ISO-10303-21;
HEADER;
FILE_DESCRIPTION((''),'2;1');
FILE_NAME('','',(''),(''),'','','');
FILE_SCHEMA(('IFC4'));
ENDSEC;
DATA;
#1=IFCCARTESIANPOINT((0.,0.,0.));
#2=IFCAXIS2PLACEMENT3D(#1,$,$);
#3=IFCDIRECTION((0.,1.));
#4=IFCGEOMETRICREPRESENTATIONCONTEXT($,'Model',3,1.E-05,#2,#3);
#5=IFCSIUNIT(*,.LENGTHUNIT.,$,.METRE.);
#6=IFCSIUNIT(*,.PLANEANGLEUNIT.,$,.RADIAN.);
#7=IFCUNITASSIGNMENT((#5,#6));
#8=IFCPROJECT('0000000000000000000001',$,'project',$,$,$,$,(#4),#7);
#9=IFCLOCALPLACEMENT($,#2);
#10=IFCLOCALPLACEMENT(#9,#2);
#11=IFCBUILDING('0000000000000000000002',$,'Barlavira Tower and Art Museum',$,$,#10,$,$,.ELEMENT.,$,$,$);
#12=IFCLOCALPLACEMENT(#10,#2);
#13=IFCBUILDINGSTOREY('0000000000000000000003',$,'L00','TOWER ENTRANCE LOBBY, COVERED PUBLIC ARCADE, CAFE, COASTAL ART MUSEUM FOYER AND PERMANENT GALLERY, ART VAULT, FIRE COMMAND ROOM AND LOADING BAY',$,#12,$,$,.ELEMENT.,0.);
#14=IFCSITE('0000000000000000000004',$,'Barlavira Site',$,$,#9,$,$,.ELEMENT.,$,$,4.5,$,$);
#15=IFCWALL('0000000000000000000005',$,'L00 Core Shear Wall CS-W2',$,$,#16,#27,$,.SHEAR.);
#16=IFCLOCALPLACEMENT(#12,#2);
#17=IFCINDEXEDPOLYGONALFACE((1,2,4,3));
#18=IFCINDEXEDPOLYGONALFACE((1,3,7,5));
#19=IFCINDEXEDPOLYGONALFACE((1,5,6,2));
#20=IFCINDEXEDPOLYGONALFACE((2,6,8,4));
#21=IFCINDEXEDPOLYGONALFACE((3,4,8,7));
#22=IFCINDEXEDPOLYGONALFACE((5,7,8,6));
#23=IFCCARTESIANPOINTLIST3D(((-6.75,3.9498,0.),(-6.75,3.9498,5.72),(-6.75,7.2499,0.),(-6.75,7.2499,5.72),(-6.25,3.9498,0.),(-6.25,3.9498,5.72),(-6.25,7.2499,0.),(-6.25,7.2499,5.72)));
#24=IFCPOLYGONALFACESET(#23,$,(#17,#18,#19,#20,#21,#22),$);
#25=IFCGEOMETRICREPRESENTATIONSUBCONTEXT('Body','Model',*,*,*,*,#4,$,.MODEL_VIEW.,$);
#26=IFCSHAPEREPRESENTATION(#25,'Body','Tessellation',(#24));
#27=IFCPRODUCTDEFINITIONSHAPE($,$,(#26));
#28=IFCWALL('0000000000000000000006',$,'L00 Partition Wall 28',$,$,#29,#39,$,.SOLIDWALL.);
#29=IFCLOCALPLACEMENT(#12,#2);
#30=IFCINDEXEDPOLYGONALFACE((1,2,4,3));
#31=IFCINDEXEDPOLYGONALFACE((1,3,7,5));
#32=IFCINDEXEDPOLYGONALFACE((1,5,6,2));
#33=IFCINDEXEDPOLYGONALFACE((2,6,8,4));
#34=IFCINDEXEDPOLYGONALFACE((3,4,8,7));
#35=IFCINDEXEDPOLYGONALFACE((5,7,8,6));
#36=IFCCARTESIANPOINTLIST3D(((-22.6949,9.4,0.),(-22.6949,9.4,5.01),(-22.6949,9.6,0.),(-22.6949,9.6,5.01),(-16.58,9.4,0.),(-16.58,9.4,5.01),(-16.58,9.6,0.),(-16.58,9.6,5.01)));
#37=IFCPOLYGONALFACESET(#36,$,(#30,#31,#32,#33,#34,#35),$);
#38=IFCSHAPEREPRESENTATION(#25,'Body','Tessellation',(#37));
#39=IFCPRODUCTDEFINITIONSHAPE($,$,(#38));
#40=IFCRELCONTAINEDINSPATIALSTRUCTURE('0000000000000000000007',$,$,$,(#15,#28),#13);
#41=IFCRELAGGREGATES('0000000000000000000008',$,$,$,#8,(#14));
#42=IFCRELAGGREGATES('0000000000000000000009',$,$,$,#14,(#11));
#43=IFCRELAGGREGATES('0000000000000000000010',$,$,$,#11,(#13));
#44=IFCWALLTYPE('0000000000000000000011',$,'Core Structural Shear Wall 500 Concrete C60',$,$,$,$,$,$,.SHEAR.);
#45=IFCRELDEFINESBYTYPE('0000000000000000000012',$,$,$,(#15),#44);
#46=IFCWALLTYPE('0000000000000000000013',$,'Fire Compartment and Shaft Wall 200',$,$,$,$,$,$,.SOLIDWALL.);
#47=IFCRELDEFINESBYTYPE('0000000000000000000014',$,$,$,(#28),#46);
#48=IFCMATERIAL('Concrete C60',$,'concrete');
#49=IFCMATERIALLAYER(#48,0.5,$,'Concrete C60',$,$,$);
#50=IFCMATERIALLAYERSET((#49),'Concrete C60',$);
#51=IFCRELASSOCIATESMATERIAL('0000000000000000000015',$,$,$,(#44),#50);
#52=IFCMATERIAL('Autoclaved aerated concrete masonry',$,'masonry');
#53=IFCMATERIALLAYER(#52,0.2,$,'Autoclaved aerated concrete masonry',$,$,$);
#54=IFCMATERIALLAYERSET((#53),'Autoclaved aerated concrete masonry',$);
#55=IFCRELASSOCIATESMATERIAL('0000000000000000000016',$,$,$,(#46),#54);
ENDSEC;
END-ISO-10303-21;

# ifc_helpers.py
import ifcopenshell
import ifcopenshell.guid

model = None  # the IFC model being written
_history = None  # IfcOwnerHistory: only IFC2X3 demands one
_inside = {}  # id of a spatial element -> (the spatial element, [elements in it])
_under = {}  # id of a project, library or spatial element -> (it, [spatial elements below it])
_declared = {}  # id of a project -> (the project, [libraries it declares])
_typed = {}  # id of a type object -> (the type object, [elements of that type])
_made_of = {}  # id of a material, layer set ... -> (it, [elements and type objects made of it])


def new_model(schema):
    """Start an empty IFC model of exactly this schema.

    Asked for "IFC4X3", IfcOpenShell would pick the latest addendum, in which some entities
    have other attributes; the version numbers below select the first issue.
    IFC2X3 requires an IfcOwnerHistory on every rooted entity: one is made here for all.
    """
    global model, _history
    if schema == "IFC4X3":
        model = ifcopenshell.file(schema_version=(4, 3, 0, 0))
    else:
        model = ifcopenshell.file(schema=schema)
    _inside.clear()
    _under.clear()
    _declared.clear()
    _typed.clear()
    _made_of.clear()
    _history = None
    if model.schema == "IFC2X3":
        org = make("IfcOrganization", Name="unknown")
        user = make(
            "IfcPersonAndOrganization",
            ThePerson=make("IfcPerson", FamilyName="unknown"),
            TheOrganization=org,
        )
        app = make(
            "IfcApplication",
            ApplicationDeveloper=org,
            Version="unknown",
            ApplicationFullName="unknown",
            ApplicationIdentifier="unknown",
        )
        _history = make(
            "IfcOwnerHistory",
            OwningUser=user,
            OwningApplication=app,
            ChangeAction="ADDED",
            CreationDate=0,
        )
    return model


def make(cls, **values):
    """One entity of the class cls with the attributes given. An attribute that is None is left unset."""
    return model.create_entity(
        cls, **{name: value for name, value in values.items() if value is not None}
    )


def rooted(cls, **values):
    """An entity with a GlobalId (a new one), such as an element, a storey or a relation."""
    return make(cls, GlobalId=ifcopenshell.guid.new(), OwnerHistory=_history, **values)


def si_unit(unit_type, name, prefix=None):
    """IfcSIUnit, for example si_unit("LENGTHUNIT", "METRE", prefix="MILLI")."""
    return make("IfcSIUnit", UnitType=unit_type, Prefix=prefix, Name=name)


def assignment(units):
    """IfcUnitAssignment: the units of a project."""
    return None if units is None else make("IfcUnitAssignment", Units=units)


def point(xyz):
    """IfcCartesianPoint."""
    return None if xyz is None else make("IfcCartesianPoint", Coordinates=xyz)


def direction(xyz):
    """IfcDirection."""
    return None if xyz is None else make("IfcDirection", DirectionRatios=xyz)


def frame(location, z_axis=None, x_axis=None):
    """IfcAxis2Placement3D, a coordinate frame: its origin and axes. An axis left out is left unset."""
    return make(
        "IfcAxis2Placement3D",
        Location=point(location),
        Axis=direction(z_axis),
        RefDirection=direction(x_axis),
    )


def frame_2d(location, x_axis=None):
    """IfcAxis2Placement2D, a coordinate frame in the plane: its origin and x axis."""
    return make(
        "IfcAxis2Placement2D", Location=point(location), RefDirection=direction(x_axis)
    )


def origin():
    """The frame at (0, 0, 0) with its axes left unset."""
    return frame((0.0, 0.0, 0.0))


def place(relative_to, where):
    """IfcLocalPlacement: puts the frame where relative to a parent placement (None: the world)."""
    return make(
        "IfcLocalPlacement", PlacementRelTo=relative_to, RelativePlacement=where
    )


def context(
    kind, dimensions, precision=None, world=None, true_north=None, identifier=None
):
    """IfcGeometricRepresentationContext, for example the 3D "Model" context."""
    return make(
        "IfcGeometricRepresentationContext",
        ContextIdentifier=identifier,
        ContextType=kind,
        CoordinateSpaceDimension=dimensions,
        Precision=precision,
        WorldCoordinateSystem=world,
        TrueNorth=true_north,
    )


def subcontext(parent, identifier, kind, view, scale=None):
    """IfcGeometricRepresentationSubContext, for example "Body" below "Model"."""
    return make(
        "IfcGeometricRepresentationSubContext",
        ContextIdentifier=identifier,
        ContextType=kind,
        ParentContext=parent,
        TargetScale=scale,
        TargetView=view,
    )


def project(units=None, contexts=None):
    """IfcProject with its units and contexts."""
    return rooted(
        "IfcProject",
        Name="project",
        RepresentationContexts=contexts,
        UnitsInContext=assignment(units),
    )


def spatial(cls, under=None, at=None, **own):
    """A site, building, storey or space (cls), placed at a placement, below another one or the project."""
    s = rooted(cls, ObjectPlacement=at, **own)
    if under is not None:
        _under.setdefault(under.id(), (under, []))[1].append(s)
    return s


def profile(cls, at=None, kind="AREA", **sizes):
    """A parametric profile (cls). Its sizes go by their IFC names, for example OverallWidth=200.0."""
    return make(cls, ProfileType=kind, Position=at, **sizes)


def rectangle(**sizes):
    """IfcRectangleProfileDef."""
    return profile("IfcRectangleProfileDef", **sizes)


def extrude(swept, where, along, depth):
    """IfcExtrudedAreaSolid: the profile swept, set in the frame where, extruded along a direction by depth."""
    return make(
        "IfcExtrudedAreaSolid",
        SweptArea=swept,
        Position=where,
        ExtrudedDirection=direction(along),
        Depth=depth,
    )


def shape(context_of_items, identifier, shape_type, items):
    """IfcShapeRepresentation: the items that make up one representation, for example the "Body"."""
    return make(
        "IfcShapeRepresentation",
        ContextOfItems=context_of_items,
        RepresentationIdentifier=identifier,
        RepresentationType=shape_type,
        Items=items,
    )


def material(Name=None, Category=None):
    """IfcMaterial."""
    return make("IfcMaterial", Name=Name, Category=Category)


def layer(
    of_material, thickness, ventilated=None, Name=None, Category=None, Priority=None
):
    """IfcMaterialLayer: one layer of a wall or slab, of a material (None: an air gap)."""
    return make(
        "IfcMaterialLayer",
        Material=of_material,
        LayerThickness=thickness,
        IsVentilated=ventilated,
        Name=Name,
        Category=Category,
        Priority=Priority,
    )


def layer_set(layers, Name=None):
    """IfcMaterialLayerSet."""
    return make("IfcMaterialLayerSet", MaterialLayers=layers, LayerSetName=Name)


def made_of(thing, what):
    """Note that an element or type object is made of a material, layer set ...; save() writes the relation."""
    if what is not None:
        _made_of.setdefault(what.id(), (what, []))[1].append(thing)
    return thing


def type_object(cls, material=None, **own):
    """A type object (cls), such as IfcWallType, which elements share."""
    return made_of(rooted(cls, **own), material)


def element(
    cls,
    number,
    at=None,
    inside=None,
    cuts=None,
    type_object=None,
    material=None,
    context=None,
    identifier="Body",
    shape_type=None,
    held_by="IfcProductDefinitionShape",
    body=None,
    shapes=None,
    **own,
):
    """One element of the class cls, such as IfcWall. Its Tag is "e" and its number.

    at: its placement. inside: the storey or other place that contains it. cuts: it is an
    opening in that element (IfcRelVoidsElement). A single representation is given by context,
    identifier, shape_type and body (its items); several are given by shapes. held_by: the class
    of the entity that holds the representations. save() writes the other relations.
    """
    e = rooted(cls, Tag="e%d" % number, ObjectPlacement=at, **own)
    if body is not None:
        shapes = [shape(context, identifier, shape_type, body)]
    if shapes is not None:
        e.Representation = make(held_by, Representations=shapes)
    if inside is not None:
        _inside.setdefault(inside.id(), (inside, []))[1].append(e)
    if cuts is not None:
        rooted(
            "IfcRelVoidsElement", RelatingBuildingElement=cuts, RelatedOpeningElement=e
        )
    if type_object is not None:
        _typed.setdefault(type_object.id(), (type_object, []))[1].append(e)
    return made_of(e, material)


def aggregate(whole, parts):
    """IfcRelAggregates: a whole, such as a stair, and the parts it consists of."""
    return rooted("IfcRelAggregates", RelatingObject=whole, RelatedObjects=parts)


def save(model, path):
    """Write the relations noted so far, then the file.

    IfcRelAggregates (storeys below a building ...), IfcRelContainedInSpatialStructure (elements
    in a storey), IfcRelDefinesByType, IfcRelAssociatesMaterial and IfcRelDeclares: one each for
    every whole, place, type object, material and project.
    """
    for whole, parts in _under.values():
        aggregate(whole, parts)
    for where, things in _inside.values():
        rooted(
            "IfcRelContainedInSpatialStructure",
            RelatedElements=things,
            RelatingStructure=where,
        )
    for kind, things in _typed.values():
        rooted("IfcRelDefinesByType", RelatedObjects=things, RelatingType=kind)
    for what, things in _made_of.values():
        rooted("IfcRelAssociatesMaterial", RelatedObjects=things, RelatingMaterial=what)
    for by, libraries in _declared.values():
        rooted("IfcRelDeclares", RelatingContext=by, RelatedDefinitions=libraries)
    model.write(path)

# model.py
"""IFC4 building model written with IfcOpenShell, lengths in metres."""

from ifc_helpers import new_model, si_unit, direction, frame, frame_2d, origin, place, context, subcontext, project, spatial, rectangle, extrude, material, layer, layer_set, type_object, element, save


model = new_model("IFC4")

# Units and contexts
model_context = context("Model", 3, precision=1e-05, world=origin(), true_north=direction((0.0, 1.0)))
body_context = subcontext(model_context, "Body", "Model", "MODEL_VIEW")
ifc_project = project(units=[si_unit("LENGTHUNIT", "METRE"), si_unit("PLANEANGLEUNIT", "RADIAN")], contexts=[model_context])

# Site, building, storey
site_placement = place(None, origin())
site = spatial("IfcSite", under=ifc_project, at=site_placement, Name="Barlavira Site", CompositionType="ELEMENT", RefElevation=4.5)
building_placement = place(site_placement, origin())
building = spatial("IfcBuilding", under=site, at=building_placement, Name="Barlavira Tower and Art Museum", CompositionType="ELEMENT")
storey_placement = place(building_placement, origin())
storey = spatial("IfcBuildingStorey", under=building, at=storey_placement, Name="L00", Description="TOWER ENTRANCE LOBBY, COVERED PUBLIC ARCADE, CAFE, COASTAL ART MUSEUM FOYER AND PERMANENT GALLERY, ART VAULT, FIRE COMMAND ROOM AND LOADING BAY", CompositionType="ELEMENT", Elevation=0.0)

# Shared definitions
ifc_material_1 = material(Name="Concrete C60", Category="concrete")

# Shared definitions
ifc_layer_1 = layer(ifc_material_1, 0.5, Name="Concrete C60")
ifc_layer_set_1 = layer_set([ifc_layer_1], Name="Concrete C60")
wall_type_1 = type_object("IfcWallType", Name="Core Structural Shear Wall 500 Concrete C60", PredefinedType="SHEAR", material=ifc_layer_set_1)

# Walls
wall_1_placement = place(storey_placement, frame((-6.5, 3.95, 0.0), z_axis=(0.0, 0.0, 1.0), x_axis=(0.0, 1.0, 0.0)))
element("IfcWall", 1, at=wall_1_placement, inside=storey, type_object=wall_type_1, Name="L00 Core Shear Wall CS-W2", PredefinedType="SHEAR", context=body_context, shape_type="SweptSolid", body=[
    extrude(rectangle(XDim=3.3, YDim=0.5, at=frame_2d((1.6499, 0.0))), origin(), (0.0, 0.0, 1.0), 5.72),
])
ifc_material_2 = material(Name="Autoclaved aerated concrete masonry", Category="masonry")
ifc_layer_2 = layer(ifc_material_2, 0.2, Name="Autoclaved aerated concrete masonry")
ifc_layer_set_2 = layer_set([ifc_layer_2], Name="Autoclaved aerated concrete masonry")
wall_type_2 = type_object("IfcWallType", Name="Fire Compartment and Shaft Wall 200", PredefinedType="SOLIDWALL", material=ifc_layer_set_2)
wall_2_placement = place(storey_placement, frame((-22.6951, 9.5, 0.0), z_axis=(0.0, 0.0, 1.0), x_axis=(1.0, 0.0, 0.0)))
element("IfcWall", 2, at=wall_2_placement, inside=storey, type_object=wall_type_2, Name="L00 Partition Wall 28", PredefinedType="SOLIDWALL", context=body_context, shape_type="SweptSolid", body=[
    extrude(rectangle(XDim=6.115, YDim=0.2, at=frame_2d((3.0576, 0.0))), origin(), (0.0, 0.0, 1.0), 5.01),
])

save(model, "model.ifc")
